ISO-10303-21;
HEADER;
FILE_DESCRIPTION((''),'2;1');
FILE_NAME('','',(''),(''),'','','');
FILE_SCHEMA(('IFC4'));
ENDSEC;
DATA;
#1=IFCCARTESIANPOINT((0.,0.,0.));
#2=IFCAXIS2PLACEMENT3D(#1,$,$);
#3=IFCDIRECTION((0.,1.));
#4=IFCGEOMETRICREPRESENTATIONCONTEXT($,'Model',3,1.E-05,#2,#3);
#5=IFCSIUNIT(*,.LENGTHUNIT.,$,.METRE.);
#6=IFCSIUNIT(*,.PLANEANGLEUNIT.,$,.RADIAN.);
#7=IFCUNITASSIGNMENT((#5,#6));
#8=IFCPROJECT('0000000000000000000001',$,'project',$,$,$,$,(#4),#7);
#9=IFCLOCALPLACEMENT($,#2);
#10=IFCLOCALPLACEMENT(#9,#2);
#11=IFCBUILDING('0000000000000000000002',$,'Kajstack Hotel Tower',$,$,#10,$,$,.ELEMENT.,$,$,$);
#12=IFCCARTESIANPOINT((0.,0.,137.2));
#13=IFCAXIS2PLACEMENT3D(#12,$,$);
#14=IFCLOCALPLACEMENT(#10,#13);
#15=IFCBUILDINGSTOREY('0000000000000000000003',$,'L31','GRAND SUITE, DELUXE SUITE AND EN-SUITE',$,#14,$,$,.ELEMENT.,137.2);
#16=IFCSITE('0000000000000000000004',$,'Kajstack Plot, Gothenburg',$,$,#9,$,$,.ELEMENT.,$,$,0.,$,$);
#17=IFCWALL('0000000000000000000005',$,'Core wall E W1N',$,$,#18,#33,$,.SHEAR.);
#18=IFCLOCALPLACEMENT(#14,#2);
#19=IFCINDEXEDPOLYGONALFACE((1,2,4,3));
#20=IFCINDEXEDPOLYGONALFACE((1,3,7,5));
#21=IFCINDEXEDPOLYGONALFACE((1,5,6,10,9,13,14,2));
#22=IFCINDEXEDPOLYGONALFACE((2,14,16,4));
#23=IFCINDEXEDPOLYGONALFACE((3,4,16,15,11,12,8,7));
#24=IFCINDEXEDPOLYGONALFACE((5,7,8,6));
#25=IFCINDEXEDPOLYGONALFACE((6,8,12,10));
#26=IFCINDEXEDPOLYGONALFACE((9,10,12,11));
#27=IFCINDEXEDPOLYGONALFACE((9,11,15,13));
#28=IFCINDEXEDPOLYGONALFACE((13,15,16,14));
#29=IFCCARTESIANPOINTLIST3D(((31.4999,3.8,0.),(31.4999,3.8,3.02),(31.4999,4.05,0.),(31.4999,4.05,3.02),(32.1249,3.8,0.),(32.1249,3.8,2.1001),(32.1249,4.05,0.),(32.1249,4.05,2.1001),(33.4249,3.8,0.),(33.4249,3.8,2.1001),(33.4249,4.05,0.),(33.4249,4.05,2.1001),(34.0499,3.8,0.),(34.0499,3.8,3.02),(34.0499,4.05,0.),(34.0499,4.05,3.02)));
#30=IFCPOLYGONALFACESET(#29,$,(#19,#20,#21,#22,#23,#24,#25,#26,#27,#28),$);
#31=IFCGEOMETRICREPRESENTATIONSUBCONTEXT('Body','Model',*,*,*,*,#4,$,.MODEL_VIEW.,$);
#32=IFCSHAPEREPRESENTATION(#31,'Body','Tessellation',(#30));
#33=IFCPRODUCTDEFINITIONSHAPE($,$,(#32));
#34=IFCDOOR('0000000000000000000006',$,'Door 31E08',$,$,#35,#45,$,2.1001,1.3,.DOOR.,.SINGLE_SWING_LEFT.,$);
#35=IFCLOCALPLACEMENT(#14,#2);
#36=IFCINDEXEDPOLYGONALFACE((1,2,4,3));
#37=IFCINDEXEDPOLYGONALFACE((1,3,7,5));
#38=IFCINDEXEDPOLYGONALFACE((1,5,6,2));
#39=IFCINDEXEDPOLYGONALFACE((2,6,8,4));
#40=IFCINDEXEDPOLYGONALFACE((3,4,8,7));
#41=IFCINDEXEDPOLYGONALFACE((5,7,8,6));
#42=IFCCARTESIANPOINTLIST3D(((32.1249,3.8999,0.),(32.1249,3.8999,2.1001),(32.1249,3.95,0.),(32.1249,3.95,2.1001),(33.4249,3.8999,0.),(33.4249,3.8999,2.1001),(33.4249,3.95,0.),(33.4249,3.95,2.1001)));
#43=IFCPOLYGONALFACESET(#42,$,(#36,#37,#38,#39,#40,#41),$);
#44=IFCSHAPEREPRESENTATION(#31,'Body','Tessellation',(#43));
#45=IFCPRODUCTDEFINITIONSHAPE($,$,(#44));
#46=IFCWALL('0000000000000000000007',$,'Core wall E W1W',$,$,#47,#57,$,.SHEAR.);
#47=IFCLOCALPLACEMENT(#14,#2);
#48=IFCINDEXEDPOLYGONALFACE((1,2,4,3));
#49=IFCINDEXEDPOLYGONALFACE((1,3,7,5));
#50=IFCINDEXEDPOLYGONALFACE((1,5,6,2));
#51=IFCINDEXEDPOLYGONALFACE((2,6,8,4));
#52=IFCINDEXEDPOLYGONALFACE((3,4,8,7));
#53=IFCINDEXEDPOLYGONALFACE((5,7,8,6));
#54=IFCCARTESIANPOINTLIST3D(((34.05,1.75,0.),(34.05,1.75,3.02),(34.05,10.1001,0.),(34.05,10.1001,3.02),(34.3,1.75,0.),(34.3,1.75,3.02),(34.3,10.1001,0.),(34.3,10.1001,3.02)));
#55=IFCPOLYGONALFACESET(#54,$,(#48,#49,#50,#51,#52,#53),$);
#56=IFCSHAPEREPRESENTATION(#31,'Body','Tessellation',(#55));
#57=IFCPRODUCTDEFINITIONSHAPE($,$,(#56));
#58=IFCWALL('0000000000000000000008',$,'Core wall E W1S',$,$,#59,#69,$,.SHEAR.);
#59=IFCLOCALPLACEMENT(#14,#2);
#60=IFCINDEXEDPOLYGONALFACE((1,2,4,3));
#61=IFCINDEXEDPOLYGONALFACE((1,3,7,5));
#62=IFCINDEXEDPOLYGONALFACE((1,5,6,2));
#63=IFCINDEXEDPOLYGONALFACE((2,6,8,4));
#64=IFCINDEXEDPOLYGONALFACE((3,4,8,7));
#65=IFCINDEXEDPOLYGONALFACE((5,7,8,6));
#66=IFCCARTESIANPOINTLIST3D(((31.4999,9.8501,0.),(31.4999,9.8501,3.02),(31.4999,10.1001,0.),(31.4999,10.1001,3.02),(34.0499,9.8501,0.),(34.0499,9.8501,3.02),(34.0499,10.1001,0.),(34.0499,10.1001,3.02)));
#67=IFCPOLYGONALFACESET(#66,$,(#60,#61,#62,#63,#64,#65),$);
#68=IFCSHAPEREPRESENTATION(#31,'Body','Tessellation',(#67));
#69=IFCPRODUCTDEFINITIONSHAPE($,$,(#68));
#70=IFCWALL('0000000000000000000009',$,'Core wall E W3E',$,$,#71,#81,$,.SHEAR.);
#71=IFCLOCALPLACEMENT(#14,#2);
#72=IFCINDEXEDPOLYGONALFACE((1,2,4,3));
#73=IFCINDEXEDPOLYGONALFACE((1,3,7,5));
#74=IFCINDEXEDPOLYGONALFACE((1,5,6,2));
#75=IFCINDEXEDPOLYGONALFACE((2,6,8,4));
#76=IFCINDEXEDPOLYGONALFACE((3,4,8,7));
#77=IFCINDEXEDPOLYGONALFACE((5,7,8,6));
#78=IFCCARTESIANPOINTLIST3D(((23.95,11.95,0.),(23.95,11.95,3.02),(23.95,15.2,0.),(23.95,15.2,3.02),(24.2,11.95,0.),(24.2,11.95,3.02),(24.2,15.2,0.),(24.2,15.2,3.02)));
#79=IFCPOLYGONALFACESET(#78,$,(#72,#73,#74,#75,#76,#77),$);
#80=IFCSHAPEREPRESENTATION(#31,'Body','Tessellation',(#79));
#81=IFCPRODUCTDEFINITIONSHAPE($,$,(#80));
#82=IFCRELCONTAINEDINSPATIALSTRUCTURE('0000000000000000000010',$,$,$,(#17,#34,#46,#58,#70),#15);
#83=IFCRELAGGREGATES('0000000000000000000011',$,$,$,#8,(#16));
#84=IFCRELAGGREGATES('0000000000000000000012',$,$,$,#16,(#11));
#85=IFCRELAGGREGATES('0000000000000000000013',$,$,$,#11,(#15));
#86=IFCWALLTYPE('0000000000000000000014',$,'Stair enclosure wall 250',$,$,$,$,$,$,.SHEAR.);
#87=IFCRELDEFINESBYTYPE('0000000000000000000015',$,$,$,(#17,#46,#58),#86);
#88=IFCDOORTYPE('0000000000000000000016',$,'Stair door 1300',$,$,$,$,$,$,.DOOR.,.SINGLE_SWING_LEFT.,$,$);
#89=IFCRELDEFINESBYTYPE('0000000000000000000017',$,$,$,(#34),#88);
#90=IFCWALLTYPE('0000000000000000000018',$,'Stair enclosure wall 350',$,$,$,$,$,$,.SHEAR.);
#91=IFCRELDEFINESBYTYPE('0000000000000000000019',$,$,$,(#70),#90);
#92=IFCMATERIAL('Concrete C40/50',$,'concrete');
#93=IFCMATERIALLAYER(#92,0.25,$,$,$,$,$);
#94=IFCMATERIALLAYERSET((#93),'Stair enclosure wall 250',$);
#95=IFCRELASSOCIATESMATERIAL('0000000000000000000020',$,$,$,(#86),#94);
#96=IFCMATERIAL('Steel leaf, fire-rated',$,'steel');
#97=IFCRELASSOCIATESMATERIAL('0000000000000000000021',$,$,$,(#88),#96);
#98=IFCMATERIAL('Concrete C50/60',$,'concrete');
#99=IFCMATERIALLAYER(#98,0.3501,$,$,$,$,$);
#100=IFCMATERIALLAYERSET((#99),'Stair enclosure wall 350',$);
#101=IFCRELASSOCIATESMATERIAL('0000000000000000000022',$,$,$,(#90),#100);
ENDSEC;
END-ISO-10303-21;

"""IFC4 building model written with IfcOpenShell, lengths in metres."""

from ifc_helpers import new_model, si_unit, direction, frame, frame_2d, origin, place, context, subcontext, project, spatial, rectangle, extrude, material, layer, layer_set, type_object, element, fill, save


model = new_model("IFC4")

# Units and contexts
model_context = context("Model", 3, precision=1e-05, world=origin(), true_north=direction((0.0, 1.0)))
body_context = subcontext(model_context, "Body", "Model", "MODEL_VIEW")
ifc_project = project(units=[si_unit("LENGTHUNIT", "METRE"), si_unit("PLANEANGLEUNIT", "RADIAN")], contexts=[model_context])

# Site, building, storey
site_placement = place(None, origin())
site = spatial("IfcSite", under=ifc_project, at=site_placement, Name="Kajstack Plot, Gothenburg", CompositionType="ELEMENT", RefElevation=0.0)
building_placement = place(site_placement, origin())
building = spatial("IfcBuilding", under=site, at=building_placement, Name="Kajstack Hotel Tower", CompositionType="ELEMENT")
storey_placement = place(building_placement, frame((0.0, 0.0, 137.2)))
storey = spatial("IfcBuildingStorey", under=building, at=storey_placement, Name="L31", Description="GRAND SUITE, DELUXE SUITE AND EN-SUITE", CompositionType="ELEMENT", Elevation=137.2)

# Shared definitions
ifc_material_1 = material(Name="Concrete C40/50", Category="concrete")

# Shared definitions
ifc_material_2 = material(Name="Concrete C50/60", Category="concrete")

# Wall, opening, door
ifc_layer_1 = layer(ifc_material_1, 0.25)
ifc_layer_set_1 = layer_set([ifc_layer_1], Name="Stair enclosure wall 250")
wall_type_1 = type_object("IfcWallType", Name="Stair enclosure wall 250", PredefinedType="SHEAR", material=ifc_layer_set_1)
wall_1_placement = place(storey_placement, frame((31.5, 3.925, 0.0), z_axis=(0.0, 0.0, 1.0), x_axis=(1.0, 0.0, 0.0)))
wall_1 = element("IfcWall", 1, at=wall_1_placement, inside=storey, type_object=wall_type_1, Name="Core wall E W1N", PredefinedType="SHEAR", context=body_context, shape_type="SweptSolid", body=[
    extrude(rectangle(XDim=2.55, YDim=0.25, at=frame_2d((1.2749, 0.0))), origin(), (0.0, 0.0, 1.0), 3.02),
])
opening_1_placement = place(wall_1_placement, frame((0.625, 0.0, 0.0)))
opening_1 = element("IfcOpeningElement", 2, at=opening_1_placement, cuts=wall_1, PredefinedType="OPENING", context=body_context, shape_type="SweptSolid", body=[
    extrude(rectangle(XDim=1.3, YDim=2.1001, at=frame_2d((0.6499, 1.05))), frame((0.0, 0.135, 0.0), z_axis=(0.0, -1.0, 0.0), x_axis=(1.0, 0.0, 0.0)), (0.0, 0.0, 1.0), 0.27),
])
ifc_material_3 = material(Name="Steel leaf, fire-rated", Category="steel")
door_type_1 = type_object("IfcDoorType", Name="Stair door 1300", OperationType="SINGLE_SWING_LEFT", PredefinedType="DOOR", material=ifc_material_3)
door_1_placement = place(opening_1_placement, origin())
door_1 = element("IfcDoor", 3, at=door_1_placement, inside=storey, type_object=door_type_1, Name="Door 31E08", OperationType="SINGLE_SWING_LEFT", OverallHeight=2.1001, OverallWidth=1.3, PredefinedType="DOOR", context=body_context, shape_type="SweptSolid", body=[
    extrude(rectangle(XDim=1.3, YDim=2.1001, at=frame_2d((0.6499, 1.05))), frame((0.0, 0.0249, 0.0), z_axis=(0.0, -1.0, 0.0), x_axis=(1.0, 0.0, 0.0)), (0.0, 0.0, 1.0), 0.05),
])
fill(opening_1, door_1)

# Walls
wall_2_placement = place(storey_placement, frame((34.175, 1.75, 0.0), z_axis=(0.0, 0.0, 1.0), x_axis=(0.0, 1.0, 0.0)))
element("IfcWall", 4, at=wall_2_placement, inside=storey, type_object=wall_type_1, Name="Core wall E W1W", PredefinedType="SHEAR", context=body_context, shape_type="SweptSolid", body=[
    extrude(rectangle(XDim=8.3501, YDim=0.25, at=frame_2d((4.175, 0.0))), origin(), (0.0, 0.0, 1.0), 3.02),
])
wall_3_placement = place(storey_placement, frame((31.5, 9.9751, 0.0), z_axis=(0.0, 0.0, 1.0), x_axis=(1.0, 0.0, 0.0)))
element("IfcWall", 5, at=wall_3_placement, inside=storey, type_object=wall_type_1, Name="Core wall E W1S", PredefinedType="SHEAR", context=body_context, shape_type="SweptSolid", body=[
    extrude(rectangle(XDim=2.55, YDim=0.25, at=frame_2d((1.2749, 0.0))), origin(), (0.0, 0.0, 1.0), 3.02),
])
ifc_layer_2 = layer(ifc_material_2, 0.3501)
ifc_layer_set_2 = layer_set([ifc_layer_2], Name="Stair enclosure wall 350")
wall_type_2 = type_object("IfcWallType", Name="Stair enclosure wall 350", PredefinedType="SHEAR", material=ifc_layer_set_2)
wall_4_placement = place(storey_placement, frame((24.075, 11.95, 0.0), z_axis=(0.0, 0.0, 1.0), x_axis=(0.0, 1.0, 0.0)))
element("IfcWall", 6, at=wall_4_placement, inside=storey, type_object=wall_type_2, Name="Core wall E W3E", PredefinedType="SHEAR", context=body_context, shape_type="SweptSolid", body=[
    extrude(rectangle(XDim=3.25, YDim=0.25, at=frame_2d((1.625, 0.0))), origin(), (0.0, 0.0, 1.0), 3.02),
])

save(model, "model.ifc")
